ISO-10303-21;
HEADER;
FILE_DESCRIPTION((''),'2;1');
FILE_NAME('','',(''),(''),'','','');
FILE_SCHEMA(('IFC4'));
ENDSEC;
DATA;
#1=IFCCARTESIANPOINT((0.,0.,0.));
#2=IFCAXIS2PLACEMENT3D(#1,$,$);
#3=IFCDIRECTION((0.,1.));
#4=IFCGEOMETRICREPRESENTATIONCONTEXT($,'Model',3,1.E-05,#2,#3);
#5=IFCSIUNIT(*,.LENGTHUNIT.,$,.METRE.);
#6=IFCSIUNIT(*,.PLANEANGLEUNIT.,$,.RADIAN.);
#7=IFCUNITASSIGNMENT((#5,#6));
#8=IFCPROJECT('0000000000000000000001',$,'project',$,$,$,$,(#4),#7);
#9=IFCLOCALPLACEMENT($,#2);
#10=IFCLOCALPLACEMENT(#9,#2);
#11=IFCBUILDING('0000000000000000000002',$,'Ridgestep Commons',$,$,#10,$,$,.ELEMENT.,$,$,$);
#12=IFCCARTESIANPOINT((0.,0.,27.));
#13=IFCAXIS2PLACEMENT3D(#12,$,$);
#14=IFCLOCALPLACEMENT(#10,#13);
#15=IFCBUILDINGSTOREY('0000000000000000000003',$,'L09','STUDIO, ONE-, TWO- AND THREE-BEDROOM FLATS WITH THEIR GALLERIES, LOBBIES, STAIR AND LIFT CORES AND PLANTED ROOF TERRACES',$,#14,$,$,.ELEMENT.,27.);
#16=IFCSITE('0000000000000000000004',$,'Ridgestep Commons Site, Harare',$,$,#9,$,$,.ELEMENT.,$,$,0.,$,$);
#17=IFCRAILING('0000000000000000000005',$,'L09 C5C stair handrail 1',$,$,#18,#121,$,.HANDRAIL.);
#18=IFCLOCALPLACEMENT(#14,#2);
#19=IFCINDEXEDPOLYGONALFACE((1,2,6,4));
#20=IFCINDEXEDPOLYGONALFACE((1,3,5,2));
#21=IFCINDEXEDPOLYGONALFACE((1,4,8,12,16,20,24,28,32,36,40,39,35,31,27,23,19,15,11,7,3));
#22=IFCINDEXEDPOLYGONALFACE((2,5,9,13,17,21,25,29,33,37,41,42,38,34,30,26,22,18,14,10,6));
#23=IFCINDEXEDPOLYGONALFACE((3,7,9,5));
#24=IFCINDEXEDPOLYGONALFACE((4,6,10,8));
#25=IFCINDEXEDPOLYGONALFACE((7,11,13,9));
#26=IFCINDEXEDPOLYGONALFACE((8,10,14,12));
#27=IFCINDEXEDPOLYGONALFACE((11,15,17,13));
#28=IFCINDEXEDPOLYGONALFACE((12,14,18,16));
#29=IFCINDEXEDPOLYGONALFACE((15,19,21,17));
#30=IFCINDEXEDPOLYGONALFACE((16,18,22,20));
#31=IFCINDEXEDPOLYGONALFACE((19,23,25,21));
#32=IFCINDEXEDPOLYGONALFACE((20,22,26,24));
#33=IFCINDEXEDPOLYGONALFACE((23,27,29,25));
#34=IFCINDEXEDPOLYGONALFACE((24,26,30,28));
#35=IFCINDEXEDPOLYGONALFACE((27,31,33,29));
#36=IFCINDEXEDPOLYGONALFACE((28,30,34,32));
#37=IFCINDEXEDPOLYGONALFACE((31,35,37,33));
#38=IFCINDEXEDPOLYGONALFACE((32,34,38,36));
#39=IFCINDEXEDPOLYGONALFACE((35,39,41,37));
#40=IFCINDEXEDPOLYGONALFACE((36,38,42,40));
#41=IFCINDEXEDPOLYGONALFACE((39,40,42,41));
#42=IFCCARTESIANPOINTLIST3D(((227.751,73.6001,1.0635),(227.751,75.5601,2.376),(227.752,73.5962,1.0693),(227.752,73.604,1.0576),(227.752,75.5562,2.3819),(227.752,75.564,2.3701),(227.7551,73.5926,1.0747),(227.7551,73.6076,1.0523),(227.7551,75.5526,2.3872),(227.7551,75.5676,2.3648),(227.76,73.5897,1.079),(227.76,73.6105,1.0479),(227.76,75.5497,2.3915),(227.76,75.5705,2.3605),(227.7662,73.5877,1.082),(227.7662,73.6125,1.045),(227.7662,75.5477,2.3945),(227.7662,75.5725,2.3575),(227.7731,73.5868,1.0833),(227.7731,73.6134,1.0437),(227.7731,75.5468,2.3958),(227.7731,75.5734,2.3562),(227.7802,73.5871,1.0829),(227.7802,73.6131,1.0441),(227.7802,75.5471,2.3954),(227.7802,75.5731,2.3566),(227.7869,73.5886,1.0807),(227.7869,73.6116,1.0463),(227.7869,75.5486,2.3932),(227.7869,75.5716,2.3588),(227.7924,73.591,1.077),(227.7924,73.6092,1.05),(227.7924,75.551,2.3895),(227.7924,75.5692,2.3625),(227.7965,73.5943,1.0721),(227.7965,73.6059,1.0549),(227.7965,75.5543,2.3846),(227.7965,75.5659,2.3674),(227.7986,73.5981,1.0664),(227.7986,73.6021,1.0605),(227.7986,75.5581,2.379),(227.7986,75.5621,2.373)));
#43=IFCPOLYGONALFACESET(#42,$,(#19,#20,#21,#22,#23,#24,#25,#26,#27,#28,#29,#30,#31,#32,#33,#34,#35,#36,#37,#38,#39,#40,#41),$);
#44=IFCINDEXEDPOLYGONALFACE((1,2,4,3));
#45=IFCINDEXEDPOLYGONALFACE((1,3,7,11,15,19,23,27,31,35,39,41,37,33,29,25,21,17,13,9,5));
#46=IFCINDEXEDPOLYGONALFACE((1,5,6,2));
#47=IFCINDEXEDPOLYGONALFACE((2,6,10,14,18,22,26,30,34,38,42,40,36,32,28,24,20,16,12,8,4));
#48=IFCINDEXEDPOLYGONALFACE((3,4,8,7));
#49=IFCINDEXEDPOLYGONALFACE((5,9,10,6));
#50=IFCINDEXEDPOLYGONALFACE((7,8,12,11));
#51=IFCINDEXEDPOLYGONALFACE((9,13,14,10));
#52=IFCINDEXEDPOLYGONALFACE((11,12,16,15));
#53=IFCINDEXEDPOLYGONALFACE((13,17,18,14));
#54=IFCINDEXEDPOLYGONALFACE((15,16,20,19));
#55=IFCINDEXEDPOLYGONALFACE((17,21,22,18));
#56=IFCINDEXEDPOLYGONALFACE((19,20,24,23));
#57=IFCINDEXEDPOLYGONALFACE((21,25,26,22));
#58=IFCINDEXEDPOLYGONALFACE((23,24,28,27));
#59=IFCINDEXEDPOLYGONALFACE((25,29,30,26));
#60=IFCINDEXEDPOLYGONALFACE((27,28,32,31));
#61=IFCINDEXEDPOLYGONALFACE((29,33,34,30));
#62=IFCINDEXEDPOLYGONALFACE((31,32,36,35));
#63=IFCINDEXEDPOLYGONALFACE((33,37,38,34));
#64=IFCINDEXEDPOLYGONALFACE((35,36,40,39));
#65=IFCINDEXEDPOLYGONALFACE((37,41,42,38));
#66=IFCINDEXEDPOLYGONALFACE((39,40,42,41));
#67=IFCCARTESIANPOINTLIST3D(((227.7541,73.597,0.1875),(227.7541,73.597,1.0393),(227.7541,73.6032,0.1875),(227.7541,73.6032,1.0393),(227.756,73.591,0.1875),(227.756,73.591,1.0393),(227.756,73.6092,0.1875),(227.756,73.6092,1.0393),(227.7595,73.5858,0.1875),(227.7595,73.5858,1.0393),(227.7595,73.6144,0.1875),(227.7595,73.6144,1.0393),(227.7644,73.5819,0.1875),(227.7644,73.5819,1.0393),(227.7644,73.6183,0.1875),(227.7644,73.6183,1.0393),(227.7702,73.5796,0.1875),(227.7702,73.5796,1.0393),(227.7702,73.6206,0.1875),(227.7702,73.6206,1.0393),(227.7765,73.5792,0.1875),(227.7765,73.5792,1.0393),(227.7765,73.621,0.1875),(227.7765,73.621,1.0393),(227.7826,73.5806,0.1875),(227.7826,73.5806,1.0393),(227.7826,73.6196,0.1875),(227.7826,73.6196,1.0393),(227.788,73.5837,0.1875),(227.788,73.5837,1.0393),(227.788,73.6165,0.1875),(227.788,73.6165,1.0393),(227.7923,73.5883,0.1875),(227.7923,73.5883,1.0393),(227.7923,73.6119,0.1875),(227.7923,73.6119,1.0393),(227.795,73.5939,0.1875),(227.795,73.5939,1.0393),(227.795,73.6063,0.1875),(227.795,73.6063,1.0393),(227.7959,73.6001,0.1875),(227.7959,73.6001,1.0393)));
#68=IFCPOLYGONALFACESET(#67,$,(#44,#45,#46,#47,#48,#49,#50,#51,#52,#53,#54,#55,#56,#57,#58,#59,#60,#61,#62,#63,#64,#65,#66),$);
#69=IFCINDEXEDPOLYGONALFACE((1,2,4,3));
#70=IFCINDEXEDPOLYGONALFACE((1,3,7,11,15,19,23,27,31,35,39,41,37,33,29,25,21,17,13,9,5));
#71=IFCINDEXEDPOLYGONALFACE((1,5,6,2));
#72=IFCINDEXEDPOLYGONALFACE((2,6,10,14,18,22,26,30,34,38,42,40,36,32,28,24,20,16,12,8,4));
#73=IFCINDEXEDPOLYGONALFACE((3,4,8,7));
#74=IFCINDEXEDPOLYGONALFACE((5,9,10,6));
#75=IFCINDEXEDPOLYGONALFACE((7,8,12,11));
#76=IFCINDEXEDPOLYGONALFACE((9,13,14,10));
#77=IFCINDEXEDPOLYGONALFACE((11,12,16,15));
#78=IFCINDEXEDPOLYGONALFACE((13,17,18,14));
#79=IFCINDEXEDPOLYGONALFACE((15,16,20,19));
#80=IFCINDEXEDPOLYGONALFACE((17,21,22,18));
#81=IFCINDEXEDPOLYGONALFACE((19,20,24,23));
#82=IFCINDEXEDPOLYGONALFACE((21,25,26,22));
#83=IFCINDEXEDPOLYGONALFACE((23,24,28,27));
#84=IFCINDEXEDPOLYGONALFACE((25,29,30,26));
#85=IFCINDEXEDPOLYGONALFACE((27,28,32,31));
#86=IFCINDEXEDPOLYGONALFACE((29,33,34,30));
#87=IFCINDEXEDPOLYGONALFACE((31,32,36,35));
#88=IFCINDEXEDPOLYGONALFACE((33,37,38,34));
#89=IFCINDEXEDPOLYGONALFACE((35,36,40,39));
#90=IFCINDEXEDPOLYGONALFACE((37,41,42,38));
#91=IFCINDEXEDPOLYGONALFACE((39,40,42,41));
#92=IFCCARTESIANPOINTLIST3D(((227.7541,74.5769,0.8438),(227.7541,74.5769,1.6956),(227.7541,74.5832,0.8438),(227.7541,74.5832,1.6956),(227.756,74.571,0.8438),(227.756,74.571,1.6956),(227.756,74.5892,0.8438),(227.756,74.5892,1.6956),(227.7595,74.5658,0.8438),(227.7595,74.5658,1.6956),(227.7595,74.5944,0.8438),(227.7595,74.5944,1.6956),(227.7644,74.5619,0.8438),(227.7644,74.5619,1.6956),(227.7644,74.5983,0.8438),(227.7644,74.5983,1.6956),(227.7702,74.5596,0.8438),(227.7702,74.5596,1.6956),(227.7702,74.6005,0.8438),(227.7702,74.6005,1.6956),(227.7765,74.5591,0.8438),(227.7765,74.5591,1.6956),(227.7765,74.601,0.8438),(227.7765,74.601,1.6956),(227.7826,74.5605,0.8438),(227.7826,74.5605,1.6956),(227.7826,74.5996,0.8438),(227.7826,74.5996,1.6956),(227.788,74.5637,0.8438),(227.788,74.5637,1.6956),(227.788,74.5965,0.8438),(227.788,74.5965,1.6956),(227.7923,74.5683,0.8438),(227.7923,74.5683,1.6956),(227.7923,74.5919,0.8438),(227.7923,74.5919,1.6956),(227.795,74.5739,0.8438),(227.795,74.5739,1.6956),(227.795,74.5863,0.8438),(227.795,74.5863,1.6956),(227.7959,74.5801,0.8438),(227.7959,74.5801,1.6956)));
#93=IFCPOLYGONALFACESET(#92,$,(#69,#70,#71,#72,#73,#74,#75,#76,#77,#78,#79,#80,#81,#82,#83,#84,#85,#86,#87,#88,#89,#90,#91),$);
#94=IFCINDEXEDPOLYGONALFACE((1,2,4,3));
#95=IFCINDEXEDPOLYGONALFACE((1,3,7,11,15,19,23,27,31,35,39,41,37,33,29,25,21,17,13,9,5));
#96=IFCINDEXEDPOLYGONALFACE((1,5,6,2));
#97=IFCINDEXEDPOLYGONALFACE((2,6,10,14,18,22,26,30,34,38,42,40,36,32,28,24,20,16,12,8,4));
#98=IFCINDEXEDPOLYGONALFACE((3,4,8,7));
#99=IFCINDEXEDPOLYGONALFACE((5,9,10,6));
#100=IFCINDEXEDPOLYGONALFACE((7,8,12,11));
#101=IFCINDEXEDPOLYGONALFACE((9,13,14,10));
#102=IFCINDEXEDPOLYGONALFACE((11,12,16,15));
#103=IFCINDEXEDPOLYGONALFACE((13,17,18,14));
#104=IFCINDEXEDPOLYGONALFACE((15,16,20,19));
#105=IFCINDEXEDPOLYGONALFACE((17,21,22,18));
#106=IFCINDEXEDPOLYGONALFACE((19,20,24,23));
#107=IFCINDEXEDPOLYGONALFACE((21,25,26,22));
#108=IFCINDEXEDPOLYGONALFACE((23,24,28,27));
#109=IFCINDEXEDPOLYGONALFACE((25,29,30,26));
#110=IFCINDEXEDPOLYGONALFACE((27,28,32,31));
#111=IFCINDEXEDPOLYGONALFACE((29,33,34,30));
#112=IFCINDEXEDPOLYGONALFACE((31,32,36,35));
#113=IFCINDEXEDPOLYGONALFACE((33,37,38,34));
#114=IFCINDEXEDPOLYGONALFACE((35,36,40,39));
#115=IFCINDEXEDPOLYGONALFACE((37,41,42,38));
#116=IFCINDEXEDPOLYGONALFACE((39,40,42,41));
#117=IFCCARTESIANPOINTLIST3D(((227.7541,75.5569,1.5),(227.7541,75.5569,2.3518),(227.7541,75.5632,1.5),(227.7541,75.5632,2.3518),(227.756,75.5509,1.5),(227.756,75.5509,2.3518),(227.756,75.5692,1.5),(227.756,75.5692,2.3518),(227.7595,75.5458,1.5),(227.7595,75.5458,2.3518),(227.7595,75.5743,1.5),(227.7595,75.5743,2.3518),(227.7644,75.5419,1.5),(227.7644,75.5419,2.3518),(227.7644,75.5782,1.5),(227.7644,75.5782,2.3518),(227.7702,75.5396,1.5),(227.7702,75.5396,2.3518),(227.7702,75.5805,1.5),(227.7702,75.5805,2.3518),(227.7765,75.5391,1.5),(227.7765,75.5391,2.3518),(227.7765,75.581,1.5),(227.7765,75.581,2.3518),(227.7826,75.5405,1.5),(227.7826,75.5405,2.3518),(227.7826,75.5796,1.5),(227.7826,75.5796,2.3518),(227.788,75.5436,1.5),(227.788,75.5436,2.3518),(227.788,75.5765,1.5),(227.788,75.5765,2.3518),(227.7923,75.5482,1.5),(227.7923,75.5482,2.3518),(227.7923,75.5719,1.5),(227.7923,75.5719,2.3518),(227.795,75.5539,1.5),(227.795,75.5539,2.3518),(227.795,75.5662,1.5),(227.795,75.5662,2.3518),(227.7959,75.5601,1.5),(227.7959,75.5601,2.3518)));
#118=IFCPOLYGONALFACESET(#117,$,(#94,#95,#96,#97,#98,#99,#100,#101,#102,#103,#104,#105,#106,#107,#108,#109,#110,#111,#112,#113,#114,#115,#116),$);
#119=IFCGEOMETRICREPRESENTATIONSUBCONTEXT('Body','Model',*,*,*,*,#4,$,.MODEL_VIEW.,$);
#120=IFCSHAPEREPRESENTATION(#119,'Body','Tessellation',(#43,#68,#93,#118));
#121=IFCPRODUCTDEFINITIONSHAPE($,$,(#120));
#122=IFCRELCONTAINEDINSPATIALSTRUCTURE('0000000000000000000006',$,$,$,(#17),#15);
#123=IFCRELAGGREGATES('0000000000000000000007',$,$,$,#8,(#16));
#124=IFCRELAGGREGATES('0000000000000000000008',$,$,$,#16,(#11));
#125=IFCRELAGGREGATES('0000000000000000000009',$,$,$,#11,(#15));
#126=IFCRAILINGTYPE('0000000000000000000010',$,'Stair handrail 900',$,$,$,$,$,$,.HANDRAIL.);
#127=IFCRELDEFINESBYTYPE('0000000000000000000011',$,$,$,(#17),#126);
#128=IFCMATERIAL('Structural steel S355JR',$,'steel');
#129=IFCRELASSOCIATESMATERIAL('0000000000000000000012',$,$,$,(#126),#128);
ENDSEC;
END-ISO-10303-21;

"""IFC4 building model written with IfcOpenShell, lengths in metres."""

from ifc_helpers import new_model, si_unit, direction, frame, origin, origin_2d, place, context, subcontext, project, spatial, circle, extrude, material, type_object, element, save


model = new_model("IFC4")

# Units and contexts
model_context = context("Model", 3, precision=1e-05, world=origin(), true_north=direction((0.0, 1.0)))
body_context = subcontext(model_context, "Body", "Model", "MODEL_VIEW")
ifc_project = project(units=[si_unit("LENGTHUNIT", "METRE"), si_unit("PLANEANGLEUNIT", "RADIAN")], contexts=[model_context])

# Site, building, storey
site_placement = place(None, origin())
site = spatial("IfcSite", under=ifc_project, at=site_placement, Name="Ridgestep Commons Site, Harare", CompositionType="ELEMENT", RefElevation=0.0)
building_placement = place(site_placement, origin())
building = spatial("IfcBuilding", under=site, at=building_placement, Name="Ridgestep Commons", CompositionType="ELEMENT")
storey_placement = place(building_placement, frame((0.0, 0.0, 27.0)))
storey = spatial("IfcBuildingStorey", under=building, at=storey_placement, Name="L09", Description="STUDIO, ONE-, TWO- AND THREE-BEDROOM FLATS WITH THEIR GALLERIES, LOBBIES, STAIR AND LIFT CORES AND PLANTED ROOF TERRACES", CompositionType="ELEMENT", Elevation=27.0)

# Railing
ifc_material_1 = material(Name="Structural steel S355JR", Category="steel")
railing_type_1 = type_object("IfcRailingType", Name="Stair handrail 900", PredefinedType="HANDRAIL", material=ifc_material_1)
railing_1_placement = place(storey_placement, frame((227.7749, 73.6001, 0.1875)))
element("IfcRailing", 1, at=railing_1_placement, inside=storey, type_object=railing_type_1, Name="L09 C5C stair handrail 1", PredefinedType="HANDRAIL", context=body_context, shape_type="SweptSolid", body=[
    extrude(circle(Radius=0.0239, at=origin_2d()), frame((0.0, 0.0, 0.876), z_axis=(0.0, 0.830902, 0.556419), x_axis=(-1.0, 0.0, 0.0)), (0.0, 0.0, 1.0), 2.3589),
    extrude(circle(Radius=0.021, at=origin_2d()), origin(), (0.0, 0.0, 1.0), 0.8518),
    extrude(circle(Radius=0.021, at=origin_2d()), frame((0.0, 0.98, 0.6562)), (0.0, 0.0, 1.0), 0.8518),
    extrude(circle(Radius=0.021, at=origin_2d()), frame((0.0, 1.96, 1.3125)), (0.0, 0.0, 1.0), 0.8518),
])

save(model, "model.ifc")
